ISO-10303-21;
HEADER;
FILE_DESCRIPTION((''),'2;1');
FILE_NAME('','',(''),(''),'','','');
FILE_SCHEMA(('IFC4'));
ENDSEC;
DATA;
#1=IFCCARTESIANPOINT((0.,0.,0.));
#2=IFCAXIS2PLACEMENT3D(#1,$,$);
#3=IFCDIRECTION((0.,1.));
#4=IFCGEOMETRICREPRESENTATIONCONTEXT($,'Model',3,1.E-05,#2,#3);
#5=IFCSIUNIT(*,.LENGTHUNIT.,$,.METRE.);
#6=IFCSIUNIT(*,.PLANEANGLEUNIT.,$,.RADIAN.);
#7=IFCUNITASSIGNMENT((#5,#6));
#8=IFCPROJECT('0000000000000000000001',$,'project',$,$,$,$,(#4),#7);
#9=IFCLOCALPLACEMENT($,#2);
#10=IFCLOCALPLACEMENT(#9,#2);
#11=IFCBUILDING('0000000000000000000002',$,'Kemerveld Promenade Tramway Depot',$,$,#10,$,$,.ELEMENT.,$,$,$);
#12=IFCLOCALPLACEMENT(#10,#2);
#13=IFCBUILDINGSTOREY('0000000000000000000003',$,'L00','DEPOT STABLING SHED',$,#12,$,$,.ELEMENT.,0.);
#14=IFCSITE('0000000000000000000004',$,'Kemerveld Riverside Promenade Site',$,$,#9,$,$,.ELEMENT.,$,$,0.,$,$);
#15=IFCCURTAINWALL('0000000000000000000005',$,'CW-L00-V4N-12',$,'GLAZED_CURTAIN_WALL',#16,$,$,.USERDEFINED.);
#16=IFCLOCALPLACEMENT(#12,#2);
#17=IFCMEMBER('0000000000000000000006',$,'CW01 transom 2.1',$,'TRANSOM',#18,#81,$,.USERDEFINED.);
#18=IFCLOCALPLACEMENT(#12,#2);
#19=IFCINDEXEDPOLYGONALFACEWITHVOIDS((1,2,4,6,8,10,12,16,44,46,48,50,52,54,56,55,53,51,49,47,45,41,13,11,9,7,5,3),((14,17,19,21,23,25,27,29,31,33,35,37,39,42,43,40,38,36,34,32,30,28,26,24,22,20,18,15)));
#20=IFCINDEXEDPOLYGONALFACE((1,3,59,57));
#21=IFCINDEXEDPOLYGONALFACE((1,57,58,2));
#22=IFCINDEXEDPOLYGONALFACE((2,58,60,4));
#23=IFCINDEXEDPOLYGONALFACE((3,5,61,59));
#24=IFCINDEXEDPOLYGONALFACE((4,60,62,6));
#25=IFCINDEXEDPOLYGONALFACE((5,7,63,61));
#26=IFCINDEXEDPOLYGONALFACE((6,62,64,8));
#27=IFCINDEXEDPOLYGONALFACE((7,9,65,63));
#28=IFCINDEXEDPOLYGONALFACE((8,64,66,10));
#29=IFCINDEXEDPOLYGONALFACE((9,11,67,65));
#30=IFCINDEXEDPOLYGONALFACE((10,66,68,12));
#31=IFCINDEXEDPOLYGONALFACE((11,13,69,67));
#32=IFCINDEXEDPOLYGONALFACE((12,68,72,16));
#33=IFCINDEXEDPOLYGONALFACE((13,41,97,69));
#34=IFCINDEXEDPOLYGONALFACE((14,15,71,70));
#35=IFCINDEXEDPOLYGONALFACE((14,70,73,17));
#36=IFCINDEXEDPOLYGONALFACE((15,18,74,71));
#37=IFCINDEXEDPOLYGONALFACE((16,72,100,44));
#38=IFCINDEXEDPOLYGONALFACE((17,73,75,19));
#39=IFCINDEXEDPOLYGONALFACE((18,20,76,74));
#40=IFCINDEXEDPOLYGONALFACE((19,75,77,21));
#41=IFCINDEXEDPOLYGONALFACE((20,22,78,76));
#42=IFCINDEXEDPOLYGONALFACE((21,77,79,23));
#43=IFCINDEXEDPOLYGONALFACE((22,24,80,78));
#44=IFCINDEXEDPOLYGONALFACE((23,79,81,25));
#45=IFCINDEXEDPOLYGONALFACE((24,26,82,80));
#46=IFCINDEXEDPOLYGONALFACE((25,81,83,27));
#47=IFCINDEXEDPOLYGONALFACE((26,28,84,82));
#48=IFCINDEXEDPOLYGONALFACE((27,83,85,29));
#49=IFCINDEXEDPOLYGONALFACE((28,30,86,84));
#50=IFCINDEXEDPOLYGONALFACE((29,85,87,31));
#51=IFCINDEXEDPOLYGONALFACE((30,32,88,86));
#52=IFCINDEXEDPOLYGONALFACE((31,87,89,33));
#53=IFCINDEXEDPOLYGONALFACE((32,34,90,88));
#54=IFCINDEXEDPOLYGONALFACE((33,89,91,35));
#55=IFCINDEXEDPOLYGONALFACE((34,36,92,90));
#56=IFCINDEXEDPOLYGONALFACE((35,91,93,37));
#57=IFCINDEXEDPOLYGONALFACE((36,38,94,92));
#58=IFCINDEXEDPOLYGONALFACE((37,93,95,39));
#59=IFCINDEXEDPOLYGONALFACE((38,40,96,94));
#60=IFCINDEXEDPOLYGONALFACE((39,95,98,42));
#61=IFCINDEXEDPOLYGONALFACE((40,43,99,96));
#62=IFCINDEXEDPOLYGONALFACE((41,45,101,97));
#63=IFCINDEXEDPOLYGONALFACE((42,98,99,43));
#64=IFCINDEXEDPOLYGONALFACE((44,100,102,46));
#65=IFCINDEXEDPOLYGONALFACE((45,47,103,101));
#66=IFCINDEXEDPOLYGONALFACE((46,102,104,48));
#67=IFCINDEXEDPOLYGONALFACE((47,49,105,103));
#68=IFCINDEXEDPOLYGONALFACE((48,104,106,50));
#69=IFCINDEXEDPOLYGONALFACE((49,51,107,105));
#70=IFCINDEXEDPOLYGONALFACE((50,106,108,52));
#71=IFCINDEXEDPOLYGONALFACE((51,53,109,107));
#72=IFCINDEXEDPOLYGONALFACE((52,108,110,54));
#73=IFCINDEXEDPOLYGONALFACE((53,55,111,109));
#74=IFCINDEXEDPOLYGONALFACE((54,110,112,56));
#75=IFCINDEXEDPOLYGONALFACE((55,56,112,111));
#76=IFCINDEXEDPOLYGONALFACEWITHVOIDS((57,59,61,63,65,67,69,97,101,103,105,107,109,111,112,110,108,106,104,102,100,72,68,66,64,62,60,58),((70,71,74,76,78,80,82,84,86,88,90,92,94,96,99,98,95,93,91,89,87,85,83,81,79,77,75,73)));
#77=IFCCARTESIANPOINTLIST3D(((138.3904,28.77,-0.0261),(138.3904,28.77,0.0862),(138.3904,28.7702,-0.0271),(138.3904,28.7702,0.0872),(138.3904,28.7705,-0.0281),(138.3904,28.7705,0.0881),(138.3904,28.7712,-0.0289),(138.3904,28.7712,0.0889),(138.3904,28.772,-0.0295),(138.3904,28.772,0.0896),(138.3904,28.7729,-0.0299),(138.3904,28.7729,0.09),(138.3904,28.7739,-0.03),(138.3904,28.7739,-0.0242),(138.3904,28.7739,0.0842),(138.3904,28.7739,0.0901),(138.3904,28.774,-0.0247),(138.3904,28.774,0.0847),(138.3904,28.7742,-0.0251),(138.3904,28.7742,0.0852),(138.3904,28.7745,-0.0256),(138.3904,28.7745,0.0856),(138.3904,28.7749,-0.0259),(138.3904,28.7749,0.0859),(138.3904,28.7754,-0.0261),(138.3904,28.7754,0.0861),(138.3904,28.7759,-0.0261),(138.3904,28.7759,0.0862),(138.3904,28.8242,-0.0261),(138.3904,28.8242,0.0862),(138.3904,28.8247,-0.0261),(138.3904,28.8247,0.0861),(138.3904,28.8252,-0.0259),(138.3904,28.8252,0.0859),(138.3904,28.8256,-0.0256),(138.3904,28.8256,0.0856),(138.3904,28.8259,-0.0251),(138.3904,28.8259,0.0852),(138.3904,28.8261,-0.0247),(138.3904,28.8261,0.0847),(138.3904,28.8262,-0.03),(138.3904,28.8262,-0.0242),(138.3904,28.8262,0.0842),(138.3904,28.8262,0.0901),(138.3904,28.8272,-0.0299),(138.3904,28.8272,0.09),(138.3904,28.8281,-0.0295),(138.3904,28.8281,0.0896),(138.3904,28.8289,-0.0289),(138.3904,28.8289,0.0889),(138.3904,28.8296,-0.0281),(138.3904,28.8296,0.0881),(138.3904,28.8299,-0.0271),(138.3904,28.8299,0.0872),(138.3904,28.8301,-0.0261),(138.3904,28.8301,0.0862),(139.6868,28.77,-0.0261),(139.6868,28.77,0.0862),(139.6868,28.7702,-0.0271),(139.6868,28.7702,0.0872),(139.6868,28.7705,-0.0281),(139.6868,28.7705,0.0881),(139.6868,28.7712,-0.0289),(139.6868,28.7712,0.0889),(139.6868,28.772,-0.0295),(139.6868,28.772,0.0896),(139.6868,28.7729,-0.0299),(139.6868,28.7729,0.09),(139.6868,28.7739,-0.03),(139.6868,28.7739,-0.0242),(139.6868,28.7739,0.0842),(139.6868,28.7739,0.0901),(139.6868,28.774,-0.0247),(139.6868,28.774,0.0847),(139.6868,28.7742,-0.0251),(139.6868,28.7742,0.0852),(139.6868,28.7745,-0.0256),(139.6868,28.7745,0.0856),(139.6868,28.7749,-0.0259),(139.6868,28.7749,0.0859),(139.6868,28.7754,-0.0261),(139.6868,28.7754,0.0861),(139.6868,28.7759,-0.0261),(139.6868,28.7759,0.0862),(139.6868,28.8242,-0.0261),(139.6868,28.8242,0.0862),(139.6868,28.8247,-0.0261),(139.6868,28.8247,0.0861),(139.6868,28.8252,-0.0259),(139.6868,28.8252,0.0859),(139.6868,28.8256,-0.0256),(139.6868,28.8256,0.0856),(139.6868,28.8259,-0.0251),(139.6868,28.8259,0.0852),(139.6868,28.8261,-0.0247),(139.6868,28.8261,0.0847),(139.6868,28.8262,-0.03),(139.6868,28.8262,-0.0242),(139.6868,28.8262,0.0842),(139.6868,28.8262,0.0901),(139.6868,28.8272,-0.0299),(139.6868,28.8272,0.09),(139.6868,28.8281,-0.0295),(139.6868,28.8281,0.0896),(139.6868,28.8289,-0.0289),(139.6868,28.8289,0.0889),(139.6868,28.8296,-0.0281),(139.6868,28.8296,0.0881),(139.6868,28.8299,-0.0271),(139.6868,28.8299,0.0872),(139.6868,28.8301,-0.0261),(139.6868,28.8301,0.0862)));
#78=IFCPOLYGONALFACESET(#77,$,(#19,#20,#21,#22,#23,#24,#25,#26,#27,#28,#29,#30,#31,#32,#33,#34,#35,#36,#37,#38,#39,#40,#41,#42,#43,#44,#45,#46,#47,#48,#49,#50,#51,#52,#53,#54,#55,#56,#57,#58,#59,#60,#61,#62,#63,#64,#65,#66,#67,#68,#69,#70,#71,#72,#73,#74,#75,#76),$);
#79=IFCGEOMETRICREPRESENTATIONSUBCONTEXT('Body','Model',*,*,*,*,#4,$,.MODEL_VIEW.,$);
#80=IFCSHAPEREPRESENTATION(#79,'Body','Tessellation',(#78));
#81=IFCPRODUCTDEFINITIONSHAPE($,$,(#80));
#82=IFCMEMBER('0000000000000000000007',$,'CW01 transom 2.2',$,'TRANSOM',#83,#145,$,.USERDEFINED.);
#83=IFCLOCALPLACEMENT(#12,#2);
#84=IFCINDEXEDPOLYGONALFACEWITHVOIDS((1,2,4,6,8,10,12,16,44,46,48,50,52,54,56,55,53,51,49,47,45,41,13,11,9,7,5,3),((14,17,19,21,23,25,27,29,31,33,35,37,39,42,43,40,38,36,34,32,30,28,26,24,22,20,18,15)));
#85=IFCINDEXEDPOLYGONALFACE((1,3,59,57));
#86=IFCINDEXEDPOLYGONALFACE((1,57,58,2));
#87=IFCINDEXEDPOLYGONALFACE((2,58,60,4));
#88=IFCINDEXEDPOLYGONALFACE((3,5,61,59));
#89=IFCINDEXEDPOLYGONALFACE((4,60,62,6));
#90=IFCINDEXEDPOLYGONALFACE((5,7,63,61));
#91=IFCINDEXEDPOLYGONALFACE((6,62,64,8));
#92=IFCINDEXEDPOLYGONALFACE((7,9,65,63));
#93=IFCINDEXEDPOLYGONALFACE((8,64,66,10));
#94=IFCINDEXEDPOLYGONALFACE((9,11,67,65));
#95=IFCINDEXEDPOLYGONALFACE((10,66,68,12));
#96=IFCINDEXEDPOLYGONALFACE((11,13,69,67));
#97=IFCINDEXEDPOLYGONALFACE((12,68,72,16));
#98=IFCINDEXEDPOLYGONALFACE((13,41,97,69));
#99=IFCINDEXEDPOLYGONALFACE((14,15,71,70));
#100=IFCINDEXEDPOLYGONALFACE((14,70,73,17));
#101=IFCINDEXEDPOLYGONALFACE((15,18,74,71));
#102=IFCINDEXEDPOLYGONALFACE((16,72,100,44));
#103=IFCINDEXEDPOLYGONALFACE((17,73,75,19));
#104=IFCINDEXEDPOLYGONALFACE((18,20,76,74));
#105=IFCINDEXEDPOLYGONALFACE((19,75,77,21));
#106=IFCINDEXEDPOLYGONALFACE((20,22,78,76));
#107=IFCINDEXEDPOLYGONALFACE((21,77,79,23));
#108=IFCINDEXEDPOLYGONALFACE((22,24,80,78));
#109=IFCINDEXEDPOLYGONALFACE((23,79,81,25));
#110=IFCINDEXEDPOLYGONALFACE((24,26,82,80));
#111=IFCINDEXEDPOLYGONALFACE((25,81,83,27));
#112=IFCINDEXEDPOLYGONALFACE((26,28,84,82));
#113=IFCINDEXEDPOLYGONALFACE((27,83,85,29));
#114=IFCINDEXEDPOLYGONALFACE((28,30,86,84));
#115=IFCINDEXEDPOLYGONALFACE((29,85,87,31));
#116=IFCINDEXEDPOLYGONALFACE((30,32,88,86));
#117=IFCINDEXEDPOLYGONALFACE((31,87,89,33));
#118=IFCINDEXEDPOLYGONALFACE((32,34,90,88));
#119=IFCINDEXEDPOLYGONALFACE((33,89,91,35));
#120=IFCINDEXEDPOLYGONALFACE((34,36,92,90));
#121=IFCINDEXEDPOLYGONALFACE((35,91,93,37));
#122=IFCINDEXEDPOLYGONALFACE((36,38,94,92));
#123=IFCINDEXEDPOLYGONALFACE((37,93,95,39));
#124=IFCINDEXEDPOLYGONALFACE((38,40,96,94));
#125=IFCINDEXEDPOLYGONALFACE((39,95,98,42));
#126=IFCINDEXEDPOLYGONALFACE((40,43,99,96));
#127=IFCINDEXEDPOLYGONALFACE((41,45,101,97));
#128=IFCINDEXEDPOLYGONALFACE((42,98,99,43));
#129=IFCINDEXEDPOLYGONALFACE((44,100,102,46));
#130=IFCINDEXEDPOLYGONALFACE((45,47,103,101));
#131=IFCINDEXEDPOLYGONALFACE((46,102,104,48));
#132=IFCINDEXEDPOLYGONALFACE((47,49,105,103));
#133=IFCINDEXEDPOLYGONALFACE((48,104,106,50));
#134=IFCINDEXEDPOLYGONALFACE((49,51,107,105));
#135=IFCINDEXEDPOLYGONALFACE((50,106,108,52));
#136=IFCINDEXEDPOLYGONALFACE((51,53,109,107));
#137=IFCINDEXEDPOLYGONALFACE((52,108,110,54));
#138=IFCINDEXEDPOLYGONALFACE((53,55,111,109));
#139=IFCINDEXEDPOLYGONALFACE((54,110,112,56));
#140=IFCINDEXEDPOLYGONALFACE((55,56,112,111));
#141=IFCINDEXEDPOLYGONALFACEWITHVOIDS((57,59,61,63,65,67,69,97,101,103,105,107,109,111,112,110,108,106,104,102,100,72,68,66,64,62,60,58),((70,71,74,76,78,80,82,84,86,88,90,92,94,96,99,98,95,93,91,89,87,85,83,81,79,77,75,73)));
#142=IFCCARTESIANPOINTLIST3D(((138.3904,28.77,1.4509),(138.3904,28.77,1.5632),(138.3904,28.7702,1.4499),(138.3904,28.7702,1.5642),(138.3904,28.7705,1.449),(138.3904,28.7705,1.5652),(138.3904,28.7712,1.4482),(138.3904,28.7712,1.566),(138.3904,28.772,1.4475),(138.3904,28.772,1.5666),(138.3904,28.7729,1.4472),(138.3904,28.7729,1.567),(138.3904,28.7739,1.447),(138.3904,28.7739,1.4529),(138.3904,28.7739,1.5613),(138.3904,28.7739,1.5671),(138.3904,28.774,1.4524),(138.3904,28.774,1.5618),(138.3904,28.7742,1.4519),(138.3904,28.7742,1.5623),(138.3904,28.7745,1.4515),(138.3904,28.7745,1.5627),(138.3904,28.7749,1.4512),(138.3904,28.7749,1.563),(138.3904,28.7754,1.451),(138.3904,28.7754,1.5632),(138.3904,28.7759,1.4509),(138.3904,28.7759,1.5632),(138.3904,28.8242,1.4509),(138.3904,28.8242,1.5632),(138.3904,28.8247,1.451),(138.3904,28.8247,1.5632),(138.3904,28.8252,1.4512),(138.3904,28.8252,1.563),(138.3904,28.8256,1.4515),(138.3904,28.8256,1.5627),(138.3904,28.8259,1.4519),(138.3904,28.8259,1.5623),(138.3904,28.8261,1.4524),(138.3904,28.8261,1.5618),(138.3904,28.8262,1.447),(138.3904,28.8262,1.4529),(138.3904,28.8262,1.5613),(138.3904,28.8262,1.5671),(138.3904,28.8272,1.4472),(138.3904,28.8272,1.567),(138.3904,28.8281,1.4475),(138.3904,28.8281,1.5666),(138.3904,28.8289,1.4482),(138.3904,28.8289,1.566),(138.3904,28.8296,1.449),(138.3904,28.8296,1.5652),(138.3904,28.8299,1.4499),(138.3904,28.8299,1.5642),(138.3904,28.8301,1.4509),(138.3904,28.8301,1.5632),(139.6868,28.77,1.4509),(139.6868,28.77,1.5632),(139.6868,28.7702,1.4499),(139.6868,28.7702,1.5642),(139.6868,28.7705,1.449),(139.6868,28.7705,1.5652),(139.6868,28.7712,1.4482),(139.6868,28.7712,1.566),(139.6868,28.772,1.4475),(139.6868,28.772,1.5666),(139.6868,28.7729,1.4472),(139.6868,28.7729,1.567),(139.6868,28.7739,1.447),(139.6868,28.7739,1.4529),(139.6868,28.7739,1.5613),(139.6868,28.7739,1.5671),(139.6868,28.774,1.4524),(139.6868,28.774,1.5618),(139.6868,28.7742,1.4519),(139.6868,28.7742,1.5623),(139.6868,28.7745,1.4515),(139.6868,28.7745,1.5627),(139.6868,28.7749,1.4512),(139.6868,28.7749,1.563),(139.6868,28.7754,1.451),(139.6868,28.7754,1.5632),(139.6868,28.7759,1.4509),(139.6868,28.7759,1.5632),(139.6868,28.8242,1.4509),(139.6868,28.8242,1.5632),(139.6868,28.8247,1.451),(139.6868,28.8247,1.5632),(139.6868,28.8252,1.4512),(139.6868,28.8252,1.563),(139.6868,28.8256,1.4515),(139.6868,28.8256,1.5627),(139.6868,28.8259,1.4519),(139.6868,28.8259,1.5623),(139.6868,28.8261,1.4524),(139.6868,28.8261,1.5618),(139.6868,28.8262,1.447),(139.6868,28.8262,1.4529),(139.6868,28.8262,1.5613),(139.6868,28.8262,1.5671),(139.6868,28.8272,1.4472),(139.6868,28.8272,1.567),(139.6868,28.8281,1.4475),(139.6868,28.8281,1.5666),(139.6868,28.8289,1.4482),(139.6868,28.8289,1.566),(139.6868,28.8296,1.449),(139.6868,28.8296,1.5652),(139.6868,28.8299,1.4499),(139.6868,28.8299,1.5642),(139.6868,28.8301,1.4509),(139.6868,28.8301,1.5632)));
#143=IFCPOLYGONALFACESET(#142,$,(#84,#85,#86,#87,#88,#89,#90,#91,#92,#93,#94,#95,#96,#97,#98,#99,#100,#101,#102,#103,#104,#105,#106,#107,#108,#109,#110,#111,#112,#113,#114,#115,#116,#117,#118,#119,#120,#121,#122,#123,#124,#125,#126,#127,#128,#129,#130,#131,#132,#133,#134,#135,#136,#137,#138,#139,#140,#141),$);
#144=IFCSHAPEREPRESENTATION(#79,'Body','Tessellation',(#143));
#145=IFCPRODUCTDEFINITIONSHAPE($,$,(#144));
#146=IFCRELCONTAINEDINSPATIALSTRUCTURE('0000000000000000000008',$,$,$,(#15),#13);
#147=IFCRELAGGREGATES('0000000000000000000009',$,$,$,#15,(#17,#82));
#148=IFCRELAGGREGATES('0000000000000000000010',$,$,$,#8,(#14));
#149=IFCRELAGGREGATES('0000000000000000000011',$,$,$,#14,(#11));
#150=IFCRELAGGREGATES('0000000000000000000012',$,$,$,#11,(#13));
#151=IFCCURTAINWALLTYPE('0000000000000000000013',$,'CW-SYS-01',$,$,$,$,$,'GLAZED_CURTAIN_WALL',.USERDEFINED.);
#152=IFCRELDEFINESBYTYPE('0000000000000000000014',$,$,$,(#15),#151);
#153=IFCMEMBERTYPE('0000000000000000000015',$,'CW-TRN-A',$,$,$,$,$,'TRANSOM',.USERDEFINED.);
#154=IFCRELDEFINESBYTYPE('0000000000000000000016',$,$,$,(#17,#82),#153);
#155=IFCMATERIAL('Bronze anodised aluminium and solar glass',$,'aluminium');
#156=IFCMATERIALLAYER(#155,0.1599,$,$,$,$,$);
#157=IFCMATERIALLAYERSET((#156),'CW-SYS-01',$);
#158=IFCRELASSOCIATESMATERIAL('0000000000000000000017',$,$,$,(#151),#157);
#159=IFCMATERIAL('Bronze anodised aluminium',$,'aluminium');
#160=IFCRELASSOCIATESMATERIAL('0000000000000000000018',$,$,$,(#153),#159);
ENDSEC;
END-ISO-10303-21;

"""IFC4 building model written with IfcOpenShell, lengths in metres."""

from ifc_helpers import new_model, si_unit, direction, frame, origin, origin_2d, place, context, subcontext, project, spatial, hollow_rectangle, extrude, material, layer, layer_set, material_profile, profile_set, type_object, element, aggregate, save


model = new_model("IFC4")

# Units and contexts
model_context = context("Model", 3, precision=1e-05, world=origin(), true_north=direction((0.0, 1.0)))
body_context = subcontext(model_context, "Body", "Model", "MODEL_VIEW")
ifc_project = project(units=[si_unit("LENGTHUNIT", "METRE"), si_unit("PLANEANGLEUNIT", "RADIAN")], contexts=[model_context])

# Site, building, storey
site_placement = place(None, origin())
site = spatial("IfcSite", under=ifc_project, at=site_placement, Name="Kemerveld Riverside Promenade Site", CompositionType="ELEMENT", RefElevation=0.0)
building_placement = place(site_placement, origin())
building = spatial("IfcBuilding", under=site, at=building_placement, Name="Kemerveld Promenade Tramway Depot", CompositionType="ELEMENT")
storey_placement = place(building_placement, origin())
storey = spatial("IfcBuildingStorey", under=building, at=storey_placement, Name="L00", Description="DEPOT STABLING SHED", CompositionType="ELEMENT", Elevation=0.0)

# Curtain wall, members
ifc_material_1 = material(Name="Bronze anodised aluminium and solar glass", Category="aluminium")
ifc_layer_1 = layer(ifc_material_1, 0.1599)
ifc_layer_set_1 = layer_set([ifc_layer_1], Name="CW-SYS-01")
curtain_wall_type = type_object("IfcCurtainWallType", Name="CW-SYS-01", ElementType="GLAZED_CURTAIN_WALL", PredefinedType="USERDEFINED", material=ifc_layer_set_1)
curtain_wall_placement = place(storey_placement, origin())
curtain_wall = element("IfcCurtainWall", 1, at=curtain_wall_placement, inside=storey, type_object=curtain_wall_type, Name="CW-L00-V4N-12", ObjectType="GLAZED_CURTAIN_WALL", PredefinedType="USERDEFINED")
ifc_material_2 = material(Name="Bronze anodised aluminium", Category="aluminium")
ifc_material_profile_1 = material_profile(ifc_material_2, hollow_rectangle(XDim=0.0601, YDim=0.1201, WallThickness=0.0039, InnerFilletRadius=0.002, OuterFilletRadius=0.0039, at=origin_2d()), Name="CW-TRN-120x60")
ifc_profile_set_1 = profile_set([ifc_material_profile_1], Name="Bronze anodised aluminium")
member_type_1 = type_object("IfcMemberType", Name="CW-TRN-A", ElementType="TRANSOM", PredefinedType="USERDEFINED", material=ifc_profile_set_1)
member_1_placement = place(storey_placement, frame((138.3904, 28.8, 0.03), z_axis=(1.0, 0.0, 0.0), x_axis=(0.0, 1.0, 0.0)))
member_1 = element("IfcMember", 2, at=member_1_placement, type_object=member_type_1, Name="CW01 transom 2.1", ObjectType="TRANSOM", PredefinedType="USERDEFINED", context=body_context, shape_type="SweptSolid", body=[
    extrude(hollow_rectangle(XDim=0.0601, YDim=0.1201, WallThickness=0.0039, InnerFilletRadius=0.002, OuterFilletRadius=0.0039, at=origin_2d()), origin(), (0.0, 0.0, 1.0), 1.2964),
])
member_2_placement = place(storey_placement, frame((138.3904, 28.8, 1.5071), z_axis=(1.0, 0.0, 0.0), x_axis=(0.0, 1.0, 0.0)))
member_2 = element("IfcMember", 3, at=member_2_placement, type_object=member_type_1, Name="CW01 transom 2.2", ObjectType="TRANSOM", PredefinedType="USERDEFINED", context=body_context, shape_type="SweptSolid", body=[
    extrude(hollow_rectangle(XDim=0.0601, YDim=0.1201, WallThickness=0.0039, InnerFilletRadius=0.002, OuterFilletRadius=0.0039, at=origin_2d()), origin(), (0.0, 0.0, 1.0), 1.2964),
])
aggregate(curtain_wall, [member_1, member_2])

save(model, "model.ifc")
